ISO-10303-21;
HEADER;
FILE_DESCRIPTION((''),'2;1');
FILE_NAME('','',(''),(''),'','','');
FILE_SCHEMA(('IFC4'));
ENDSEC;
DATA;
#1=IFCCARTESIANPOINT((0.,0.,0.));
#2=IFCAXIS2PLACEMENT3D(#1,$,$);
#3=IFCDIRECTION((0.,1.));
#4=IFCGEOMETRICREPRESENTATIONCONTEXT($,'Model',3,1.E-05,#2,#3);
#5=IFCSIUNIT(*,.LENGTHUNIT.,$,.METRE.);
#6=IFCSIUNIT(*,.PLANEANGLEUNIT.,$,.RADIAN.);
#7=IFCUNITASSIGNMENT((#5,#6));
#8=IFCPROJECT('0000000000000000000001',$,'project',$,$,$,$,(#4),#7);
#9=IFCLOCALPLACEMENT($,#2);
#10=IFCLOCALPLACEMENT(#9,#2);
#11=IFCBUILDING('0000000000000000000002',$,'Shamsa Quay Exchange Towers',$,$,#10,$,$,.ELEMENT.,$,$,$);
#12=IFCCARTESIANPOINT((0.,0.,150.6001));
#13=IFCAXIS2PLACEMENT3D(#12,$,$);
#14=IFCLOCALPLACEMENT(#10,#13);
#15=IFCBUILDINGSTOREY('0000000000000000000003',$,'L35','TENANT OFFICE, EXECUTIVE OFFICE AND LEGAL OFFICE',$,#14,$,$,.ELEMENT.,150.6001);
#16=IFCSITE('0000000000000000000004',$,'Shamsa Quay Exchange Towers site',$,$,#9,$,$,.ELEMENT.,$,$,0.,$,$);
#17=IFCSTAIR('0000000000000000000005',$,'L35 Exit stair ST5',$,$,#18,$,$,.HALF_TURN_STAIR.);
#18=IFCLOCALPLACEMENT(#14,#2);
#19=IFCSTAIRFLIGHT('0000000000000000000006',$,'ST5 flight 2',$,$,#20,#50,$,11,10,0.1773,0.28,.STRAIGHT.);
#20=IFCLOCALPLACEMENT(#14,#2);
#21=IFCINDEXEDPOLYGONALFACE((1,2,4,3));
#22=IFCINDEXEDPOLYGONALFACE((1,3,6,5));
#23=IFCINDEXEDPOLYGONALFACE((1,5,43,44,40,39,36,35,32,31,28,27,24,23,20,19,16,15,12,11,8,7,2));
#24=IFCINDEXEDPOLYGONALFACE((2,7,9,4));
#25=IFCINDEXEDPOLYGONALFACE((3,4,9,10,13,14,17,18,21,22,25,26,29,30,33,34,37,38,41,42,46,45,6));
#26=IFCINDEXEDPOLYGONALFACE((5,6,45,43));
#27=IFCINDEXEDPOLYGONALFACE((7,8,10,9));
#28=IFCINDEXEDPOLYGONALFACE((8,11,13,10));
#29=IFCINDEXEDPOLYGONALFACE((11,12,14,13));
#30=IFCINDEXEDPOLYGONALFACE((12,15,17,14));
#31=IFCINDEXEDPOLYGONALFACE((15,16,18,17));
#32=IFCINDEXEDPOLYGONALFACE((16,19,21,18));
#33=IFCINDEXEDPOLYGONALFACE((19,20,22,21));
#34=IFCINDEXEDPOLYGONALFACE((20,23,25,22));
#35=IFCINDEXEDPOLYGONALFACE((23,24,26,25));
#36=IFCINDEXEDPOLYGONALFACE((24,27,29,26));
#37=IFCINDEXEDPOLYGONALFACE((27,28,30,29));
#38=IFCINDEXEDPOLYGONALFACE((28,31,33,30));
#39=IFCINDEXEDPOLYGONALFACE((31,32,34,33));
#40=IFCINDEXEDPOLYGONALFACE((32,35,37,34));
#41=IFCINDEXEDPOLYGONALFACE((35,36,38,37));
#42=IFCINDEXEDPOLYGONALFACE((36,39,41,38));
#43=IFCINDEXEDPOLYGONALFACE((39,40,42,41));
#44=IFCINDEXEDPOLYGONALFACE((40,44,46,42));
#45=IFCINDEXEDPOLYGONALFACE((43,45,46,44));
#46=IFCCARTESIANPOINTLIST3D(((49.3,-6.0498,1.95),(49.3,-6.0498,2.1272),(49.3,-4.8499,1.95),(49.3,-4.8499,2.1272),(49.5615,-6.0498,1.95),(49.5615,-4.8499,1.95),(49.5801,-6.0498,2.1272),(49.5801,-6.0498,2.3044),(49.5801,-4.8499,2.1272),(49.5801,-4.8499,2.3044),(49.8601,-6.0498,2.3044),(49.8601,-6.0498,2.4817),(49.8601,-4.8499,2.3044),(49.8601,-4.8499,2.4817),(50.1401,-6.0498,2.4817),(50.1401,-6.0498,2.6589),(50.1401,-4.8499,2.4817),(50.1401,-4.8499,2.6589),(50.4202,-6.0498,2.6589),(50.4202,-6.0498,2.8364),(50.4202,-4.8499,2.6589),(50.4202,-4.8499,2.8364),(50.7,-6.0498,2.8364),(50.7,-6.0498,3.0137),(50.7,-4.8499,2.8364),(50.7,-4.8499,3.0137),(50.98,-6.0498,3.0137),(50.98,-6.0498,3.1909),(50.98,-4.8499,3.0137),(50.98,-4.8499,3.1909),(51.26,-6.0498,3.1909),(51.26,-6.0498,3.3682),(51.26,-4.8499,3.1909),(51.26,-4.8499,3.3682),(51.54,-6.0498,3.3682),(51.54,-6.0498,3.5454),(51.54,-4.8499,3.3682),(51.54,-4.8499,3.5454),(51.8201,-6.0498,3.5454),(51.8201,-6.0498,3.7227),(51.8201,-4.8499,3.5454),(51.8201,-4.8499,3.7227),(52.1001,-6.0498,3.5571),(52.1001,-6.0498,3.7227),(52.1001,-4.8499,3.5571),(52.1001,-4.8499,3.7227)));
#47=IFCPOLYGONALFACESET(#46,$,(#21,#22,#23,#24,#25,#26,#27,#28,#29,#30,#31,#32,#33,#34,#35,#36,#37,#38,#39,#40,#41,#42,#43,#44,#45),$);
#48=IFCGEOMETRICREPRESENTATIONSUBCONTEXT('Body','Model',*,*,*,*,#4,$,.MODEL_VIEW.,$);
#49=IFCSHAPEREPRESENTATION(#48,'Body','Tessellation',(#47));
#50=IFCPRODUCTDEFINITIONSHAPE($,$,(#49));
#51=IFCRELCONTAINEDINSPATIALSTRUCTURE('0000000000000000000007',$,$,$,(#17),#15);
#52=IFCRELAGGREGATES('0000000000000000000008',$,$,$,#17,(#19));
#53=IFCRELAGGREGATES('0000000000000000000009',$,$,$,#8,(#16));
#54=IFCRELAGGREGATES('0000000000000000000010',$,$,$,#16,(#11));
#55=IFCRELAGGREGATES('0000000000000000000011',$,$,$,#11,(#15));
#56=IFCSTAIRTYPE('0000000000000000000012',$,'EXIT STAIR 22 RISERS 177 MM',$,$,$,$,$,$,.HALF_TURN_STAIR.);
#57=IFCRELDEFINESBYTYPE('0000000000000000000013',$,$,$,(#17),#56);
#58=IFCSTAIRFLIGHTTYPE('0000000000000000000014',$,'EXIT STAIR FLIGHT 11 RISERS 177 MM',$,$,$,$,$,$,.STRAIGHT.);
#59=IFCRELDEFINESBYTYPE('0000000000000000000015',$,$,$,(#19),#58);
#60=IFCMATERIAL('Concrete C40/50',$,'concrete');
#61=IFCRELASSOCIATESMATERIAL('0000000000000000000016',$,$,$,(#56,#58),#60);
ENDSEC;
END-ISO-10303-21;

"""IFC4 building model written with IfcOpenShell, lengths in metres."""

from ifc_helpers import new_model, si_unit, direction, frame, origin, place, context, subcontext, project, spatial, polyline, outline, extrude, material, type_object, element, aggregate, save


model = new_model("IFC4")

# Units and contexts
model_context = context("Model", 3, precision=1e-05, world=origin(), true_north=direction((0.0, 1.0)))
body_context = subcontext(model_context, "Body", "Model", "MODEL_VIEW")
ifc_project = project(units=[si_unit("LENGTHUNIT", "METRE"), si_unit("PLANEANGLEUNIT", "RADIAN")], contexts=[model_context])

# Site, building, storey
site_placement = place(None, origin())
site = spatial("IfcSite", under=ifc_project, at=site_placement, Name="Shamsa Quay Exchange Towers site", CompositionType="ELEMENT", RefElevation=0.0)
building_placement = place(site_placement, origin())
building = spatial("IfcBuilding", under=site, at=building_placement, Name="Shamsa Quay Exchange Towers", CompositionType="ELEMENT")
storey_placement = place(building_placement, frame((0.0, 0.0, 150.6001)))
storey = spatial("IfcBuildingStorey", under=building, at=storey_placement, Name="L35", Description="TENANT OFFICE, EXECUTIVE OFFICE AND LEGAL OFFICE", CompositionType="ELEMENT", Elevation=150.6001)

# Stair, stair flight
ifc_material_1 = material(Name="Concrete C40/50", Category="concrete")
stair_type = type_object("IfcStairType", Name="EXIT STAIR 22 RISERS 177 MM", PredefinedType="HALF_TURN_STAIR", material=ifc_material_1)
stair_placement = place(storey_placement, origin())
stair = element("IfcStair", 1, at=stair_placement, inside=storey, type_object=stair_type, Name="L35 Exit stair ST5", PredefinedType="HALF_TURN_STAIR")
stair_flight_type = type_object("IfcStairFlightType", Name="EXIT STAIR FLIGHT 11 RISERS 177 MM", PredefinedType="STRAIGHT", material=ifc_material_1)
stair_flight_1_placement = place(storey_placement, frame((49.3, -5.45, 1.95)))
stair_flight_1 = element("IfcStairFlight", 2, at=stair_flight_1_placement, type_object=stair_flight_type, Name="ST5 flight 2", NumberOfRisers=11, NumberOfTreads=10, PredefinedType="STRAIGHT", RiserHeight=0.1773, TreadLength=0.28, context=body_context, shape_type="SweptSolid", body=[
    extrude(outline(polyline([(0.0, 0.0), (0.0, 0.1772), (0.28, 0.1772), (0.28, 0.3545), (0.5601, 0.3545), (0.5601, 0.5317), (0.8401, 0.5317), (0.8401, 0.709), (1.1201, 0.709), (1.1201, 0.8865), (1.3999, 0.8865), (1.3999, 1.0637), (1.6799, 1.0637), (1.6799, 1.241), (1.96, 1.241), (1.96, 1.4182), (2.24, 1.4182), (2.24, 1.5955), (2.52, 1.5955), (2.52, 1.7727), (2.8, 1.7727), (2.8, 1.95), (2.8, 1.6072), (0.2615, 0.0), (0.0, 0.0)])), frame((0.0, 0.6001, 0.0), z_axis=(0.0, -1.0, 0.0), x_axis=(1.0, 0.0, 0.0)), (0.0, 0.0, 1.0), 1.2),
])
aggregate(stair, [stair_flight_1])

save(model, "model.ifc")
